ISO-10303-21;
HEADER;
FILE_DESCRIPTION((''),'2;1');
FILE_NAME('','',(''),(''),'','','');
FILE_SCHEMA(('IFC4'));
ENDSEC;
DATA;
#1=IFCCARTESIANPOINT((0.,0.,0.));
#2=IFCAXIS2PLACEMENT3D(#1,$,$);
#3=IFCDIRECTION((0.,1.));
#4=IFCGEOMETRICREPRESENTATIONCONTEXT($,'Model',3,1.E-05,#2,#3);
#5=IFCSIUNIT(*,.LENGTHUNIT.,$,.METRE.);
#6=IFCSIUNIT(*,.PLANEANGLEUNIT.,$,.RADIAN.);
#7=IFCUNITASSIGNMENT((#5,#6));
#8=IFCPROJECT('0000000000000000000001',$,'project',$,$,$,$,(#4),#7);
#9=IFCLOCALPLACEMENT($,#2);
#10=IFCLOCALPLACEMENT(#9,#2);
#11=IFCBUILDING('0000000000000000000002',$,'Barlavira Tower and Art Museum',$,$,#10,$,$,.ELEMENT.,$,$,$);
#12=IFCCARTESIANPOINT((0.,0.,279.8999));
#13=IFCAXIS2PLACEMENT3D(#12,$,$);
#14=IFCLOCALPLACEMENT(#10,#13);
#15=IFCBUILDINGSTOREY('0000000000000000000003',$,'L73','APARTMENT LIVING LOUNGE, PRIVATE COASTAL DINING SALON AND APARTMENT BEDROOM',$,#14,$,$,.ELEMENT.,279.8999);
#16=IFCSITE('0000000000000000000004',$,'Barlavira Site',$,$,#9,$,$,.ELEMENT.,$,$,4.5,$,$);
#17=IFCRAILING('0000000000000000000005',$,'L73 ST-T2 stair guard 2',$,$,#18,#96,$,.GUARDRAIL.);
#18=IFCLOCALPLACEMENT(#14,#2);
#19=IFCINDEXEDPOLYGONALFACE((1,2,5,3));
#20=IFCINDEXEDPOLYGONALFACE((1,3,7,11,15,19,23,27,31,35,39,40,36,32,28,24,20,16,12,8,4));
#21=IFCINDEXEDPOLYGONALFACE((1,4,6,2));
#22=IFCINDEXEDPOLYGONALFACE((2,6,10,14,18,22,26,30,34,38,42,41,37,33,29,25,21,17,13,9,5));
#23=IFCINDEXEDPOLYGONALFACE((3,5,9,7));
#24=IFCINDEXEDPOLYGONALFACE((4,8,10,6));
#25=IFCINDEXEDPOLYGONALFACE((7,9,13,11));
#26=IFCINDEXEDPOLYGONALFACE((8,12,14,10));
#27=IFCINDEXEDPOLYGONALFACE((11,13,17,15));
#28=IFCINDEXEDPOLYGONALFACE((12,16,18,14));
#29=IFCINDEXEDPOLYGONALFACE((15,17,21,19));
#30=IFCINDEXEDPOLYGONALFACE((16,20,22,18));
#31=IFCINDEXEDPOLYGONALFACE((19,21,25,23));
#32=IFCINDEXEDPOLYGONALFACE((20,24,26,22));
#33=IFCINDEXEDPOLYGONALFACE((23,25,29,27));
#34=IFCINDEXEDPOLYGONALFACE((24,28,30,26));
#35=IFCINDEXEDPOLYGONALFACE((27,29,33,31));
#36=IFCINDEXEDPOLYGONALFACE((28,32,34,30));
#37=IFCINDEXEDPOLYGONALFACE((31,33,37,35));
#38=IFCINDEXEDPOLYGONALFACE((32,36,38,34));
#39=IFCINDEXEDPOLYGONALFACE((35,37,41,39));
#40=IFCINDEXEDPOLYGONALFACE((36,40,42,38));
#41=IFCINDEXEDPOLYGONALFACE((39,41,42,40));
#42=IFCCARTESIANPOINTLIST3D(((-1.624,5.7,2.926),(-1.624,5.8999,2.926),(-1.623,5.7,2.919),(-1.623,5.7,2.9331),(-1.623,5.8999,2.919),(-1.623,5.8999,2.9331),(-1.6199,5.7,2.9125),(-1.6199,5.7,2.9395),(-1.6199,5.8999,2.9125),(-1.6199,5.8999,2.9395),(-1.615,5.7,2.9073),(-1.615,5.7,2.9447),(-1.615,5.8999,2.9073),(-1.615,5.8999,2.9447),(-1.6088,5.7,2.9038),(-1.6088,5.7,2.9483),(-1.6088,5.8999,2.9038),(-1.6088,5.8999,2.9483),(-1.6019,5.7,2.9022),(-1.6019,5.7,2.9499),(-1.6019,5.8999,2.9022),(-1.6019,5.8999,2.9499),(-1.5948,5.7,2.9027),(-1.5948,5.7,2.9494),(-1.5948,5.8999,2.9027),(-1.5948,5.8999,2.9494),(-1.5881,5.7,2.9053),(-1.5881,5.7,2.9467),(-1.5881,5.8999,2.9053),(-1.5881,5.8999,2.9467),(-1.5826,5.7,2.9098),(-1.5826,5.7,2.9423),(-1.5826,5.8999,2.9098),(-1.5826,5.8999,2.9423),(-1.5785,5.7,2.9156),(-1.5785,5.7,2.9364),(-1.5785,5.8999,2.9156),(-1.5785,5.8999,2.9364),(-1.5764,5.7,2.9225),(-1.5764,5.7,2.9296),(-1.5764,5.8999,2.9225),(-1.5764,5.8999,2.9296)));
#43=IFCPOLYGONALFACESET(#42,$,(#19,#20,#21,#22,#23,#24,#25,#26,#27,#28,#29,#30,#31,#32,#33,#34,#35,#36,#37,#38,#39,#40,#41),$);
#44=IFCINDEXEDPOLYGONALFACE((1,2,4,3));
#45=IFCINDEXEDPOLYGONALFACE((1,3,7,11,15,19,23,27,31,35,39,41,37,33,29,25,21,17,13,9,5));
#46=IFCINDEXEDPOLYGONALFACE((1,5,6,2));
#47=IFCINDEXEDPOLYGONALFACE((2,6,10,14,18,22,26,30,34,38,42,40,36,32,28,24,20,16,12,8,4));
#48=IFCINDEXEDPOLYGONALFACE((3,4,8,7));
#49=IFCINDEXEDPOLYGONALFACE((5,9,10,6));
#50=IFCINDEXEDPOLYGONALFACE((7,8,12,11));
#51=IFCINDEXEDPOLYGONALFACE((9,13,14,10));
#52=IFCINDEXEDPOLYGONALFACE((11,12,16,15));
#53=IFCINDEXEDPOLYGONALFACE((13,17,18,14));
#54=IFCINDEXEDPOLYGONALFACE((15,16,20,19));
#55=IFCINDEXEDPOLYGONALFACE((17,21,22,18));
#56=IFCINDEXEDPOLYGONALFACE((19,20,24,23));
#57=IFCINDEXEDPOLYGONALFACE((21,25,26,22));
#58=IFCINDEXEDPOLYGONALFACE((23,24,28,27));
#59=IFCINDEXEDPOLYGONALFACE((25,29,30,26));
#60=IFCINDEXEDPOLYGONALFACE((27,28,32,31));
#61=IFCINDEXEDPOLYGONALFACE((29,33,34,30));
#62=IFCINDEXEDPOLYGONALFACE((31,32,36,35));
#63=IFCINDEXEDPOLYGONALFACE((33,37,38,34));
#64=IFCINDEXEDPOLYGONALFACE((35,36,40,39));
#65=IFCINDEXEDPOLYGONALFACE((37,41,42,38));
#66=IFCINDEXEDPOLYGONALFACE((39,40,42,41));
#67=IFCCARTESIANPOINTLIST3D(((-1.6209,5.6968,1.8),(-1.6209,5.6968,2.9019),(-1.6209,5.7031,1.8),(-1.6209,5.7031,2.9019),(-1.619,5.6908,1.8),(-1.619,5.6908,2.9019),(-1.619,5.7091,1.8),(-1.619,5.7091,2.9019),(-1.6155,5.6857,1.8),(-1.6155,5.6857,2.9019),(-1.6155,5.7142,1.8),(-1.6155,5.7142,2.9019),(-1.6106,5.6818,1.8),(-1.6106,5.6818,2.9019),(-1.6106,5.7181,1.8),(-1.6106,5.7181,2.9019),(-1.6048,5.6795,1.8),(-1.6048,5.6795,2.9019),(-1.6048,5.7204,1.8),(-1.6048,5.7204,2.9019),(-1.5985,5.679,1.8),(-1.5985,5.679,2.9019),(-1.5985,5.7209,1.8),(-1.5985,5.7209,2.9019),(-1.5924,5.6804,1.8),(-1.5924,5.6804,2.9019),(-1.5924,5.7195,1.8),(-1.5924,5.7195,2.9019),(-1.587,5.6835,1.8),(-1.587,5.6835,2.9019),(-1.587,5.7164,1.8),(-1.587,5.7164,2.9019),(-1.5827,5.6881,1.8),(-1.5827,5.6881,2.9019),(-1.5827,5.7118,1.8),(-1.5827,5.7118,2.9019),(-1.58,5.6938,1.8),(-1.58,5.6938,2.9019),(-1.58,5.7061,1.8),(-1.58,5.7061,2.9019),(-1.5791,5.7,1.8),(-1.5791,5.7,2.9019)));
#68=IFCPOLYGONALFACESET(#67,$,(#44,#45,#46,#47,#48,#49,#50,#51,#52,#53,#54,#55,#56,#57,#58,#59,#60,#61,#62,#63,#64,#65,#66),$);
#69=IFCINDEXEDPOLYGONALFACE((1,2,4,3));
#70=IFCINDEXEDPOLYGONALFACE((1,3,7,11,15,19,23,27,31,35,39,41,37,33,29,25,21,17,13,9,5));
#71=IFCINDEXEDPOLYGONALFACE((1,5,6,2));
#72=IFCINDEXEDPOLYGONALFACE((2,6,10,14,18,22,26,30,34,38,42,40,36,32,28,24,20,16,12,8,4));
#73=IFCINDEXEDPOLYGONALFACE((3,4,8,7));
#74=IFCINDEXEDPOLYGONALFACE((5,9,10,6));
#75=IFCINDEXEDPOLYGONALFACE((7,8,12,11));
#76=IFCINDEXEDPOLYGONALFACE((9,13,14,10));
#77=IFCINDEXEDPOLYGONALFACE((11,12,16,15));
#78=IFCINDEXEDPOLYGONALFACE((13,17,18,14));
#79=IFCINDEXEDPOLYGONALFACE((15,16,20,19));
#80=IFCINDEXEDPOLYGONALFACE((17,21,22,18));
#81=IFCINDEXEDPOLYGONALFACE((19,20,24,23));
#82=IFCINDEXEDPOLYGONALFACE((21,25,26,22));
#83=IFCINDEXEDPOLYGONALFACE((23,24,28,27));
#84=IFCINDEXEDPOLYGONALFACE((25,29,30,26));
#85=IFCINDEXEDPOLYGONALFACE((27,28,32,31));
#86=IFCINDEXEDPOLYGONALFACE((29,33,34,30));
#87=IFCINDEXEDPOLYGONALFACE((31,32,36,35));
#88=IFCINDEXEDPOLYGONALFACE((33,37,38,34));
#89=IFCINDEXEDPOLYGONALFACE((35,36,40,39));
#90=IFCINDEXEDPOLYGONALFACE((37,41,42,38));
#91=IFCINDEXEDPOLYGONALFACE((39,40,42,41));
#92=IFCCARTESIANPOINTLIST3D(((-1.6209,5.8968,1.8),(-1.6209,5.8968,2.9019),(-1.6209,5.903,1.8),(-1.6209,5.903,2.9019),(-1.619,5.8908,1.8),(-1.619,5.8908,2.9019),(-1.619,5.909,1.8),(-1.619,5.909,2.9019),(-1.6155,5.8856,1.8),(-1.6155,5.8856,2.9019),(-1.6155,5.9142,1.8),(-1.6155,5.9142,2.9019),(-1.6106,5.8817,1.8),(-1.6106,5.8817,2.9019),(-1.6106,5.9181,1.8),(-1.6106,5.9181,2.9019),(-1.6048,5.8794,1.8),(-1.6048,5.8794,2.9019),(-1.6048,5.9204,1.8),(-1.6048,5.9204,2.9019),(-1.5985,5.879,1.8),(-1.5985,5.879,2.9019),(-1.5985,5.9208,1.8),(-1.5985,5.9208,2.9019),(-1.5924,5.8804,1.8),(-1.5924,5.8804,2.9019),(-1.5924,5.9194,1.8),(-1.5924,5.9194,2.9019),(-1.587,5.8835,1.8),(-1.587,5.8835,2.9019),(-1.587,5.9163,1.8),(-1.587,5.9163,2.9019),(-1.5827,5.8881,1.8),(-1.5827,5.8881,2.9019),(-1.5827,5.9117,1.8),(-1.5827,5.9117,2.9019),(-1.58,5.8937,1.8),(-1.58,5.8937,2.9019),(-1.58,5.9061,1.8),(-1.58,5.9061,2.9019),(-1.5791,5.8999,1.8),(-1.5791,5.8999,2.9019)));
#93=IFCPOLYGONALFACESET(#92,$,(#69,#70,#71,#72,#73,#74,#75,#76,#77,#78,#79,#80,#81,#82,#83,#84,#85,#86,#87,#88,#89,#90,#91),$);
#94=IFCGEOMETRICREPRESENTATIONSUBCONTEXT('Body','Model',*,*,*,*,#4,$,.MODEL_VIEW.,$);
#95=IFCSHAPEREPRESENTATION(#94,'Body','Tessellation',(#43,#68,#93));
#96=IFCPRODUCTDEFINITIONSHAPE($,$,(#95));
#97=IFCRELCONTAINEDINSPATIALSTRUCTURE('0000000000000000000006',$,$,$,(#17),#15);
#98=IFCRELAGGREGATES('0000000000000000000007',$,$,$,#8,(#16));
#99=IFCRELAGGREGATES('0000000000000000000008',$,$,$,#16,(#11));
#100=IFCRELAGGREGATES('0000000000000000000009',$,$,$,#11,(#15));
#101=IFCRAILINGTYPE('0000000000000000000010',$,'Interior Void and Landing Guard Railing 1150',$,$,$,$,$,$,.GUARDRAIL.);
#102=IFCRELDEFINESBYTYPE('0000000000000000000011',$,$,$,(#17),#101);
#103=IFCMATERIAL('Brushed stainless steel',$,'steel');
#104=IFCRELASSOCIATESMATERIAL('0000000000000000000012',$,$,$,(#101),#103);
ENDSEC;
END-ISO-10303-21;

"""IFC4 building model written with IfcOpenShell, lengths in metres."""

from ifc_helpers import new_model, si_unit, direction, frame, origin, origin_2d, place, context, subcontext, project, spatial, circle, extrude, material, type_object, element, save


model = new_model("IFC4")

# Units and contexts
model_context = context("Model", 3, precision=1e-05, world=origin(), true_north=direction((0.0, 1.0)))
body_context = subcontext(model_context, "Body", "Model", "MODEL_VIEW")
ifc_project = project(units=[si_unit("LENGTHUNIT", "METRE"), si_unit("PLANEANGLEUNIT", "RADIAN")], contexts=[model_context])

# Site, building, storey
site_placement = place(None, origin())
site = spatial("IfcSite", under=ifc_project, at=site_placement, Name="Barlavira Site", CompositionType="ELEMENT", RefElevation=4.5)
building_placement = place(site_placement, origin())
building = spatial("IfcBuilding", under=site, at=building_placement, Name="Barlavira Tower and Art Museum", CompositionType="ELEMENT")
storey_placement = place(building_placement, frame((0.0, 0.0, 279.8999)))
storey = spatial("IfcBuildingStorey", under=building, at=storey_placement, Name="L73", Description="APARTMENT LIVING LOUNGE, PRIVATE COASTAL DINING SALON AND APARTMENT BEDROOM", CompositionType="ELEMENT", Elevation=279.8999)

# Railing
ifc_material_1 = material(Name="Brushed stainless steel", Category="steel")
railing_type_1 = type_object("IfcRailingType", Name="Interior Void and Landing Guard Railing 1150", PredefinedType="GUARDRAIL", material=ifc_material_1)
railing_1_placement = place(storey_placement, frame((-1.6001, 5.7, 1.8)))
element("IfcRailing", 1, at=railing_1_placement, inside=storey, type_object=railing_type_1, Name="L73 ST-T2 stair guard 2", PredefinedType="GUARDRAIL", context=body_context, shape_type="SweptSolid", body=[
    extrude(circle(Radius=0.0239, at=origin_2d()), frame((0.0, 0.0, 1.126), z_axis=(0.0, 1.0, 0.0), x_axis=(-1.0, 0.0, 0.0)), (0.0, 0.0, 1.0), 0.2),
    extrude(circle(Radius=0.021, at=origin_2d()), origin(), (0.0, 0.0, 1.0), 1.1018),
    extrude(circle(Radius=0.021, at=origin_2d()), frame((0.0, 0.2, 0.0)), (0.0, 0.0, 1.0), 1.1018),
])

save(model, "model.ifc")
